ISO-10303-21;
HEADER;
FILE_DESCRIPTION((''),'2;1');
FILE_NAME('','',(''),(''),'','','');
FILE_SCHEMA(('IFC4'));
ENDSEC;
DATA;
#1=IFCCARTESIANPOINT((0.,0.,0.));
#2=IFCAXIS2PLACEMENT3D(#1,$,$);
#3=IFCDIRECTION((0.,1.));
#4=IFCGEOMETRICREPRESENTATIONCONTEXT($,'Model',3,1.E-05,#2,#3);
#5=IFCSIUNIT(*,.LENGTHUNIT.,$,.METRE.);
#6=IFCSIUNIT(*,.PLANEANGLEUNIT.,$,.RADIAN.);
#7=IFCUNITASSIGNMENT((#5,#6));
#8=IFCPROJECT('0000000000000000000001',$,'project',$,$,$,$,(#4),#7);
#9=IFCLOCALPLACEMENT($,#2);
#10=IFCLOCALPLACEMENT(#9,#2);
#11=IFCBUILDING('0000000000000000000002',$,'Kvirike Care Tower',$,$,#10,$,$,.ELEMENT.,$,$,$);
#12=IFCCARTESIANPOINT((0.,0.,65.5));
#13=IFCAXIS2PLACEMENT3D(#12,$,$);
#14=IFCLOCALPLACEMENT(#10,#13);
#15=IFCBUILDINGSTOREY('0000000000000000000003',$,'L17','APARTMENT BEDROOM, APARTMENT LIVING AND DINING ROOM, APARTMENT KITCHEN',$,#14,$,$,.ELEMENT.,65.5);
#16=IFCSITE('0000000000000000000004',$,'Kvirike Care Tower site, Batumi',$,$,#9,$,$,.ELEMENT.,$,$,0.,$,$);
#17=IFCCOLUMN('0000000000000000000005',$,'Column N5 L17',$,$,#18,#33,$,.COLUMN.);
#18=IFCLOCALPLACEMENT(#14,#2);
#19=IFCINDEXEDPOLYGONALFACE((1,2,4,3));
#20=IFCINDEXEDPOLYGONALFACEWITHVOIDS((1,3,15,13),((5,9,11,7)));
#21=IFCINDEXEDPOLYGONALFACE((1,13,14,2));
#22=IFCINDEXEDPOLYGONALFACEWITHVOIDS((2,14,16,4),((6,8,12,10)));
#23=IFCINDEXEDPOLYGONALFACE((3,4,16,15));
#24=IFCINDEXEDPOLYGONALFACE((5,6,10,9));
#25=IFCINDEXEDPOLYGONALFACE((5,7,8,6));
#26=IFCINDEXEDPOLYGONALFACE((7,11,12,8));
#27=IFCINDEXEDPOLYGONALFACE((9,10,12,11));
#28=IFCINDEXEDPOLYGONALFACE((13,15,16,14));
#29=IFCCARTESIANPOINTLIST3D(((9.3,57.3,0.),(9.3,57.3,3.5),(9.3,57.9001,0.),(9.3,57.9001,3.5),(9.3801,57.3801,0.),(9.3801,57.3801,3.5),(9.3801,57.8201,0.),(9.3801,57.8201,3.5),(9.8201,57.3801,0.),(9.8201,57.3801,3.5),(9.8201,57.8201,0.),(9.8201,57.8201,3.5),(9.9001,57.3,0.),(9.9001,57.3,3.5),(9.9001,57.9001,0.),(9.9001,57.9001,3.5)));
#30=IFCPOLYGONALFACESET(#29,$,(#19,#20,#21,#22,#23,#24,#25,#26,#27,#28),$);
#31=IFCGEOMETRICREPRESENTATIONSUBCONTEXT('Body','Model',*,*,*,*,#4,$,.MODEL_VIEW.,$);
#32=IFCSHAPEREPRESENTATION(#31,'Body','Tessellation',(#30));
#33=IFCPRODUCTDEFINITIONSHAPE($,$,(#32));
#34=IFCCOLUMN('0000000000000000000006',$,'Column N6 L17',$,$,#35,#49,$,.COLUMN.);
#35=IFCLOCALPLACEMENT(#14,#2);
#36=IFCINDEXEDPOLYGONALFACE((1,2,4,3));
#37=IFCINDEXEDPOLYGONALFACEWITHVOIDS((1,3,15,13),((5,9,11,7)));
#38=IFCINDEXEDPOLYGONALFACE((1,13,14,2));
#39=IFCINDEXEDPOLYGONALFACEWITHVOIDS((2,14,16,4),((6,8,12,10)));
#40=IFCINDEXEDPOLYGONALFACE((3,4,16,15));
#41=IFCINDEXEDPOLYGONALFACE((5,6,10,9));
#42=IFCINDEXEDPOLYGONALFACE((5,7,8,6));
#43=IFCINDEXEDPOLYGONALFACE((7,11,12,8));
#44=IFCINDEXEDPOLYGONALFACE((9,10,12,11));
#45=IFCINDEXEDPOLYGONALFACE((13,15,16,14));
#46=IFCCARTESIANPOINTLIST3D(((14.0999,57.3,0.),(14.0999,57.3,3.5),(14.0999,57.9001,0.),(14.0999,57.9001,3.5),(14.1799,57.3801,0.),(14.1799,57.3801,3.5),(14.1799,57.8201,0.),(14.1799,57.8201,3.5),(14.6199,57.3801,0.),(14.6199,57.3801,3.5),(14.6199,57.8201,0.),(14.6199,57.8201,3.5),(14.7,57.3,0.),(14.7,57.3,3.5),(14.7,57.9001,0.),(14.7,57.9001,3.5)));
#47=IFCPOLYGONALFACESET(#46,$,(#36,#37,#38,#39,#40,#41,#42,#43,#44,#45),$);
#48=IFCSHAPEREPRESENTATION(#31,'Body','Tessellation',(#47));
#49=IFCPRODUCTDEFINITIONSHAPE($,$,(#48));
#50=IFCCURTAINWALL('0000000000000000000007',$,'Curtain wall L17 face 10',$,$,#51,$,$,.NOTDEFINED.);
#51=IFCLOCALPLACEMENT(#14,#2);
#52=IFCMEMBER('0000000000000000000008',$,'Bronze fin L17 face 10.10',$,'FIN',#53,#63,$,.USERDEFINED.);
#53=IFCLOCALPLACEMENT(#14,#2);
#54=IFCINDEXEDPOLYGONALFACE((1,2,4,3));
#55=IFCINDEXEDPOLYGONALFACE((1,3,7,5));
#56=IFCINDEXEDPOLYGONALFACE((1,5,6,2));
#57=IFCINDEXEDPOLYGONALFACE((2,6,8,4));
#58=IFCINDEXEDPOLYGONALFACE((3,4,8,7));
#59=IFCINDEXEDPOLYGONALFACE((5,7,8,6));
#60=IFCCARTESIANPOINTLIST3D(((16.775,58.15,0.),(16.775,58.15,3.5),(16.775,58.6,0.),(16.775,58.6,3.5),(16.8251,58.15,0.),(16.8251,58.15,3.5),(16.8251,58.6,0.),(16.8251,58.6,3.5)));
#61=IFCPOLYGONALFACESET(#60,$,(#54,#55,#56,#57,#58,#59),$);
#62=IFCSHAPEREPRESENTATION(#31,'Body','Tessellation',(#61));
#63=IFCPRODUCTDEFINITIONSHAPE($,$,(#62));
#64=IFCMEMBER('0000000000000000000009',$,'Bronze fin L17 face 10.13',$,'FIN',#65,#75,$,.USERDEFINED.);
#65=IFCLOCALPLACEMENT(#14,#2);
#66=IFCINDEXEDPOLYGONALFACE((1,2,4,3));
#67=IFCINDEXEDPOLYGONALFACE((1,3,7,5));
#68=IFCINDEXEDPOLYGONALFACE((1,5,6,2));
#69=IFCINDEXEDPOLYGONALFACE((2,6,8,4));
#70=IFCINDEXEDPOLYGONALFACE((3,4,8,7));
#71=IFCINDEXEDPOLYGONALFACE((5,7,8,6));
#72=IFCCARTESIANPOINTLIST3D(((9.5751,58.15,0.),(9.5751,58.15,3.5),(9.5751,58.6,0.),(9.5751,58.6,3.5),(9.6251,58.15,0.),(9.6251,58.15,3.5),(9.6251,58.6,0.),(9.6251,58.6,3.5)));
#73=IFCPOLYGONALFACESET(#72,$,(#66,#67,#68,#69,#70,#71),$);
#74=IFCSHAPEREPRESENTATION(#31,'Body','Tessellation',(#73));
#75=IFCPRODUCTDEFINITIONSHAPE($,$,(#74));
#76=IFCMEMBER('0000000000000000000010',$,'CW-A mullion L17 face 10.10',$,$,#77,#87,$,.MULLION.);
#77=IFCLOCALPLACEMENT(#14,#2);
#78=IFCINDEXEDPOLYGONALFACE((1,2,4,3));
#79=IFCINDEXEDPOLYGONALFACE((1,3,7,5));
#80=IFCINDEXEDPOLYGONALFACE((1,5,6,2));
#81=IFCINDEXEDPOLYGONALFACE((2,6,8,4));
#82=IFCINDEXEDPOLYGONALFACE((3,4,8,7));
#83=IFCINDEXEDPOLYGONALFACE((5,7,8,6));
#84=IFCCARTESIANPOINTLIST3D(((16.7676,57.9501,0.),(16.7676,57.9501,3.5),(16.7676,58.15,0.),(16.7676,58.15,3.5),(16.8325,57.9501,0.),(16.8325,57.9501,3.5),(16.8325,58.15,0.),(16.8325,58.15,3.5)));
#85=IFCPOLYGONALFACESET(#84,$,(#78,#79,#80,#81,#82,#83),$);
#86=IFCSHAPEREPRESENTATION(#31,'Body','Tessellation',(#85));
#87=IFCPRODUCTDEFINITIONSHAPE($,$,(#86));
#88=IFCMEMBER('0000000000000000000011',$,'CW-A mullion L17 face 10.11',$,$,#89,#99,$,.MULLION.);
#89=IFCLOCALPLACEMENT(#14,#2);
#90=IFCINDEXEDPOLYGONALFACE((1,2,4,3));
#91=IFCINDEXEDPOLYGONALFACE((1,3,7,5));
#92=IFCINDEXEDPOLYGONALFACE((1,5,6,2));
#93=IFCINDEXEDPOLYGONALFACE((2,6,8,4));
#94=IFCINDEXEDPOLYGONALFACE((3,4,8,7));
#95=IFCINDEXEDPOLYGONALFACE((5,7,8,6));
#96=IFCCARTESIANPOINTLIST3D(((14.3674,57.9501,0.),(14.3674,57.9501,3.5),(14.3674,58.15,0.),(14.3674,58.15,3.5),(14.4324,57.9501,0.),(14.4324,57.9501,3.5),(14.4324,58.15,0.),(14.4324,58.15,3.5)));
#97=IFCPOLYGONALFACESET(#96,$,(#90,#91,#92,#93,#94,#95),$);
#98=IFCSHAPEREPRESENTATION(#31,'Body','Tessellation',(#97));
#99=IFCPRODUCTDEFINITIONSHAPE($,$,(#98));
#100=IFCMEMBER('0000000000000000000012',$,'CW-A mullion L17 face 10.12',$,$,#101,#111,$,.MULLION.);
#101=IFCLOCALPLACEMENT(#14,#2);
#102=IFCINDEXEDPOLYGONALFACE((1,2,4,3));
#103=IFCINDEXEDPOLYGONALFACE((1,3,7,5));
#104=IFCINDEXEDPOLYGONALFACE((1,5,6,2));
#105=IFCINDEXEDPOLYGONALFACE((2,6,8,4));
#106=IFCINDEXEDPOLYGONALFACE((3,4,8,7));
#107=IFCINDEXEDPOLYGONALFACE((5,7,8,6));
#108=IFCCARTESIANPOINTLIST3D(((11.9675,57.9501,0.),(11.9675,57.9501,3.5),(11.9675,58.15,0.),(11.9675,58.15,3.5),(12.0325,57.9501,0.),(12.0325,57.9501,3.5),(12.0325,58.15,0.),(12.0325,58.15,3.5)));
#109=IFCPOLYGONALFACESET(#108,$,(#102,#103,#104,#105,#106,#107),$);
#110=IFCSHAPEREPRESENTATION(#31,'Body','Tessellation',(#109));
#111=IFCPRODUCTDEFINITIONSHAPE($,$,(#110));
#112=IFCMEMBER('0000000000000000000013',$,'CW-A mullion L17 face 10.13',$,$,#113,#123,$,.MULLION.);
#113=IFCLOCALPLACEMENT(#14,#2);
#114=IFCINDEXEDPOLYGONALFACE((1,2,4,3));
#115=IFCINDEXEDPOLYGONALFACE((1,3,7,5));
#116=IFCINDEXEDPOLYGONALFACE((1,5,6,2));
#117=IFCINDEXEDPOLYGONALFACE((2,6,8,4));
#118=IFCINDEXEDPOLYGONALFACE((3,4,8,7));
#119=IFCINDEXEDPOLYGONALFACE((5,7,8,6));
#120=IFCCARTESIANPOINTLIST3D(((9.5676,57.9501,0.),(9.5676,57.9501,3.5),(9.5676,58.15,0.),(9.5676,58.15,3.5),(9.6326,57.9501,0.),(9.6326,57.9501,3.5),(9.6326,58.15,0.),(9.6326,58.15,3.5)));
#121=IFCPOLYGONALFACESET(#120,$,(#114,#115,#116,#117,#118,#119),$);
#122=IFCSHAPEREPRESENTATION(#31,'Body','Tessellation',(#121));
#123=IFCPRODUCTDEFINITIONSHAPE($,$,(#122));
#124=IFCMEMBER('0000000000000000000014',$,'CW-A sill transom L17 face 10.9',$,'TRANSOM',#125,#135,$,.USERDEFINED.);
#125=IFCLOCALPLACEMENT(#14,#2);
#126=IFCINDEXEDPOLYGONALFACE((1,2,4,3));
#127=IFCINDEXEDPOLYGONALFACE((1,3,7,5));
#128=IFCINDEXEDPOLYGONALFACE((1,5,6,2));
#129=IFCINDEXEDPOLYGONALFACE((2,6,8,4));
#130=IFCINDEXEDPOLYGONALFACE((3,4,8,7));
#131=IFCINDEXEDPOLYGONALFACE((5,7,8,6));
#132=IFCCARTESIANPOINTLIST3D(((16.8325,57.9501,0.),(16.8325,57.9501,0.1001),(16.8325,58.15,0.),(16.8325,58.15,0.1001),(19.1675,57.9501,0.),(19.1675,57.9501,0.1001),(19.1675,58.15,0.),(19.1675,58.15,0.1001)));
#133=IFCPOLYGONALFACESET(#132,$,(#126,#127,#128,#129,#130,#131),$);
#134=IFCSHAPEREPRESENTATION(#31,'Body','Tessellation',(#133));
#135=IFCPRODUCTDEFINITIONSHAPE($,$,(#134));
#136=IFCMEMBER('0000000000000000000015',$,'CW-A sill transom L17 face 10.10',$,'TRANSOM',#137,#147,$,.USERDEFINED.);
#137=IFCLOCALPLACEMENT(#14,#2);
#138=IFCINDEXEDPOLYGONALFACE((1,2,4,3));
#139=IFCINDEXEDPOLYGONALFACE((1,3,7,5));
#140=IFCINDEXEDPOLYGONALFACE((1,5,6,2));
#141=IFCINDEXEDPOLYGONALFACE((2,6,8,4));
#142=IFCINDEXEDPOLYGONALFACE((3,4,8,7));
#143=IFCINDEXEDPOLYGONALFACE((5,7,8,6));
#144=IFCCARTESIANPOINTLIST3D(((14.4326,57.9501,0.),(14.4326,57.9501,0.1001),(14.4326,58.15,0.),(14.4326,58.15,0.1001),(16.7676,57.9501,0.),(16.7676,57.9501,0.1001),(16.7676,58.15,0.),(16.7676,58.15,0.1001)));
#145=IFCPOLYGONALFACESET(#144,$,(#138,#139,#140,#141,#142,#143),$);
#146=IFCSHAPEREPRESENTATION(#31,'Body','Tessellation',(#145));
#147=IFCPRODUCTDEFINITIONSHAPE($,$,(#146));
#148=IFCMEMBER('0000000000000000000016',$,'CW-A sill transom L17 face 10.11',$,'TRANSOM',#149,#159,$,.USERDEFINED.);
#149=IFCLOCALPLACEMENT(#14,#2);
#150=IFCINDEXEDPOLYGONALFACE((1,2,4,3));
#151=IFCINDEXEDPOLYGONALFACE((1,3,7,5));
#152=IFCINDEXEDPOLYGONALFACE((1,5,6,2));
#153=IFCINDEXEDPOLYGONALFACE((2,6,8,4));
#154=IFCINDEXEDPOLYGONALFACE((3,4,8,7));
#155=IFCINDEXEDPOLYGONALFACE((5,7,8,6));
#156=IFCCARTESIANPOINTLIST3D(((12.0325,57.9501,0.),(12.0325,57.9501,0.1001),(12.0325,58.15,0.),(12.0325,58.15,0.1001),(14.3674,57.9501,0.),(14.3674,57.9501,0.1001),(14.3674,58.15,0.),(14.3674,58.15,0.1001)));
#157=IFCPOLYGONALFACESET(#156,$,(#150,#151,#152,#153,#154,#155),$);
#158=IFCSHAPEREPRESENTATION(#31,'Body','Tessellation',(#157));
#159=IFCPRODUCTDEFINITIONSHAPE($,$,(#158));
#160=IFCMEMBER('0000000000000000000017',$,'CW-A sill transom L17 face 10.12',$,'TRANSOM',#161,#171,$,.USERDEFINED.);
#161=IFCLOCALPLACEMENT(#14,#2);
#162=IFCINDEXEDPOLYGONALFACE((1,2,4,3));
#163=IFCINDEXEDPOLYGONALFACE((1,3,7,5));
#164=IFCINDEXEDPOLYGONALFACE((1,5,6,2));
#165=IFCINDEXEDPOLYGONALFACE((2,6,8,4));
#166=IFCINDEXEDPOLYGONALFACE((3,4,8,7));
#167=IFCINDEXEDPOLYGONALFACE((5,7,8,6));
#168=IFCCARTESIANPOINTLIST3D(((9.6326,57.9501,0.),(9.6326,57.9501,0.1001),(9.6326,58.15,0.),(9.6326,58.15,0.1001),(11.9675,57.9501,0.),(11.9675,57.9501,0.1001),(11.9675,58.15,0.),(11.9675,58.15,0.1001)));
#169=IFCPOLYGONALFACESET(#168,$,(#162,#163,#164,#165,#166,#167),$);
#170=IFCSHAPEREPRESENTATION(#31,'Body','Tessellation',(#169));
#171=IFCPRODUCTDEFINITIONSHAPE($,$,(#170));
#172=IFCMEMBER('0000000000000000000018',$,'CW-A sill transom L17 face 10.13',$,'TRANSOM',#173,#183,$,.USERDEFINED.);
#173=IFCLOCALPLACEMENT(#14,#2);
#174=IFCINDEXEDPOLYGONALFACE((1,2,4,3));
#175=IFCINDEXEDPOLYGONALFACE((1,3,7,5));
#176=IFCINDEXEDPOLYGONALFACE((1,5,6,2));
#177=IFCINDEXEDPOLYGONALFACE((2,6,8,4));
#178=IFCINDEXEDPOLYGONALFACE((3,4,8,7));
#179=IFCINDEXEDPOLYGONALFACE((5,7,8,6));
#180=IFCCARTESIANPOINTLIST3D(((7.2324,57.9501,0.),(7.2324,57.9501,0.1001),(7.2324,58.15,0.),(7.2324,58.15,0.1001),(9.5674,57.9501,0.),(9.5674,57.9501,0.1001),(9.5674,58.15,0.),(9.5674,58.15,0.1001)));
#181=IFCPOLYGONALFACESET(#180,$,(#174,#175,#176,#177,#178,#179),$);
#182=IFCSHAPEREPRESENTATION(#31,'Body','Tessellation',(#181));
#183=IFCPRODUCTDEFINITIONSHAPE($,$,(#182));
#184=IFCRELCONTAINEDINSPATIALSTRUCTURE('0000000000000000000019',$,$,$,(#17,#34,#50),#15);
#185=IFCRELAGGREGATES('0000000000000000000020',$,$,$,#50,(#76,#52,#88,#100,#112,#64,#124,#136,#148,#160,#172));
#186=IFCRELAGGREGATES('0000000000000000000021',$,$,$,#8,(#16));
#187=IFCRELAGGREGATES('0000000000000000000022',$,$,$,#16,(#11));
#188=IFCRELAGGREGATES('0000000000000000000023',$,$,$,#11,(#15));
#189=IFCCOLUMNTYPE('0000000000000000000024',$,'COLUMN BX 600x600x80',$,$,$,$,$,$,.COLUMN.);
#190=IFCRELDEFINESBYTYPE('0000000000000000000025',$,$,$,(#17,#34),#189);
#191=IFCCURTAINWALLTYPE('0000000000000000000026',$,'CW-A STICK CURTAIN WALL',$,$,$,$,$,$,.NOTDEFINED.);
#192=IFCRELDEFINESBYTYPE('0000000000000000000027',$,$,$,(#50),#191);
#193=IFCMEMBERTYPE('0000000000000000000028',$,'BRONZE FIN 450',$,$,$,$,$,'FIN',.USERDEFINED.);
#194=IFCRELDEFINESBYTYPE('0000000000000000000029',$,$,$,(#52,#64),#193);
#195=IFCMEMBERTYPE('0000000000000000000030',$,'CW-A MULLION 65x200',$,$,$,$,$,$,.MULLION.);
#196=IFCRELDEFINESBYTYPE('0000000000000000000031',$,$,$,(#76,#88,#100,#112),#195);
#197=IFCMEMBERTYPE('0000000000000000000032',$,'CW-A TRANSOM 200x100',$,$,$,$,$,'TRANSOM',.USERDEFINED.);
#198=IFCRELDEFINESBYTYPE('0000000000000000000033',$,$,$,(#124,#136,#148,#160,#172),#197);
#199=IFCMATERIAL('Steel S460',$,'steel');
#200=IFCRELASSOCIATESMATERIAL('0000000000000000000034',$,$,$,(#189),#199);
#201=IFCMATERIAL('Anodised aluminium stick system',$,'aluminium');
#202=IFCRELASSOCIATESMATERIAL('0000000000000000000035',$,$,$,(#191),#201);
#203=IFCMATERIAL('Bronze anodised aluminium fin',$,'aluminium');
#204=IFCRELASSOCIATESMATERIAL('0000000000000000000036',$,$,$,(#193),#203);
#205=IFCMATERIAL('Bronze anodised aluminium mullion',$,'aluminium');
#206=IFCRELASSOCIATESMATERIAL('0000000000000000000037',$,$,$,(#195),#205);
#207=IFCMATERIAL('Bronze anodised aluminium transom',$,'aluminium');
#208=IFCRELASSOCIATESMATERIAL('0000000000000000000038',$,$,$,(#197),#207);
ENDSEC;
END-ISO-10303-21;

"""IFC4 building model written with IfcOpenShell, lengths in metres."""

from ifc_helpers import new_model, si_unit, direction, frame, origin, origin_2d, place, context, subcontext, project, spatial, rectangle, hollow_rectangle, extrude, material, material_profile, profile_set, type_object, element, aggregate, save


model = new_model("IFC4")

# Units and contexts
model_context = context("Model", 3, precision=1e-05, world=origin(), true_north=direction((0.0, 1.0)))
body_context = subcontext(model_context, "Body", "Model", "MODEL_VIEW")
ifc_project = project(units=[si_unit("LENGTHUNIT", "METRE"), si_unit("PLANEANGLEUNIT", "RADIAN")], contexts=[model_context])

# Site, building, storey
site_placement = place(None, origin())
site = spatial("IfcSite", under=ifc_project, at=site_placement, Name="Kvirike Care Tower site, Batumi", CompositionType="ELEMENT", RefElevation=0.0)
building_placement = place(site_placement, origin())
building = spatial("IfcBuilding", under=site, at=building_placement, Name="Kvirike Care Tower", CompositionType="ELEMENT")
storey_placement = place(building_placement, frame((0.0, 0.0, 65.5)))
storey = spatial("IfcBuildingStorey", under=building, at=storey_placement, Name="L17", Description="APARTMENT BEDROOM, APARTMENT LIVING AND DINING ROOM, APARTMENT KITCHEN", CompositionType="ELEMENT", Elevation=65.5)

# Columns
ifc_material_1 = material(Name="Steel S460", Category="steel")
ifc_material_profile_1 = material_profile(ifc_material_1, hollow_rectangle(XDim=0.6001, YDim=0.6001, WallThickness=0.0801, at=origin_2d()), Name="BX 600x600x80")
ifc_profile_set_1 = profile_set([ifc_material_profile_1], Name="Steel S460")
column_type = type_object("IfcColumnType", Name="COLUMN BX 600x600x80", PredefinedType="COLUMN", material=ifc_profile_set_1)
for number, where, z_axis, x_axis, name in (
    (1, (9.6001, 57.6001, 0.0), (0.0, 0.0, 1.0), (0.0, 1.0, 0.0), "Column N5 L17"),
    (2, (14.3999, 57.6001, 0.0), (0.0, 0.0, 1.0), (0.0, 1.0, 0.0), "Column N6 L17"),
):
    element("IfcColumn", number, at=place(storey_placement, frame(where, z_axis=z_axis, x_axis=x_axis)), inside=storey, type_object=column_type, Name=name, PredefinedType="COLUMN", context=body_context, shape_type="SweptSolid", body=[
        extrude(hollow_rectangle(XDim=0.6001, YDim=0.6001, WallThickness=0.0801, at=origin_2d()), origin(), (0.0, 0.0, 1.0), 3.5),
    ])

# Curtain wall, members
ifc_material_2 = material(Name="Anodised aluminium stick system", Category="aluminium")
curtain_wall_type = type_object("IfcCurtainWallType", Name="CW-A STICK CURTAIN WALL", PredefinedType="NOTDEFINED", material=ifc_material_2)
curtain_wall_placement = place(storey_placement, origin())
curtain_wall = element("IfcCurtainWall", 3, at=curtain_wall_placement, inside=storey, type_object=curtain_wall_type, Name="Curtain wall L17 face 10", PredefinedType="NOTDEFINED")
ifc_material_3 = material(Name="Bronze anodised aluminium fin", Category="aluminium")
ifc_material_profile_2 = material_profile(ifc_material_3, rectangle(XDim=0.05, YDim=0.45, at=origin_2d()), Name="BRONZE FIN 450")
ifc_profile_set_2 = profile_set([ifc_material_profile_2], Name="Bronze anodised aluminium fin")
member_type_1 = type_object("IfcMemberType", Name="BRONZE FIN 450", ElementType="FIN", PredefinedType="USERDEFINED", material=ifc_profile_set_2)
member_1_placement = place(storey_placement, frame((16.8, 58.375, 0.0), z_axis=(0.0, 0.0, 1.0), x_axis=(-1.0, 0.0, 0.0)))
member_1 = element("IfcMember", 4, at=member_1_placement, type_object=member_type_1, Name="Bronze fin L17 face 10.10", ObjectType="FIN", PredefinedType="USERDEFINED", context=body_context, shape_type="SweptSolid", body=[
    extrude(rectangle(XDim=0.05, YDim=0.45, at=origin_2d()), origin(), (0.0, 0.0, 1.0), 3.5),
])
member_2_placement = place(storey_placement, frame((9.6001, 58.375, 0.0), z_axis=(0.0, 0.0, 1.0), x_axis=(-1.0, 0.0, 0.0)))
member_2 = element("IfcMember", 5, at=member_2_placement, type_object=member_type_1, Name="Bronze fin L17 face 10.13", ObjectType="FIN", PredefinedType="USERDEFINED", context=body_context, shape_type="SweptSolid", body=[
    extrude(rectangle(XDim=0.05, YDim=0.45, at=origin_2d()), origin(), (0.0, 0.0, 1.0), 3.5),
])
ifc_material_4 = material(Name="Bronze anodised aluminium mullion", Category="aluminium")
ifc_material_profile_3 = material_profile(ifc_material_4, rectangle(XDim=0.0649, YDim=0.2, at=origin_2d()), Name="CW-A MULLION 65x200")
ifc_profile_set_3 = profile_set([ifc_material_profile_3], Name="Bronze anodised aluminium mullion")
member_type_2 = type_object("IfcMemberType", Name="CW-A MULLION 65x200", PredefinedType="MULLION", material=ifc_profile_set_3)
member_3_placement = place(storey_placement, frame((16.8, 58.05, 0.0), z_axis=(0.0, 0.0, 1.0), x_axis=(-1.0, 0.0, 0.0)))
member_3 = element("IfcMember", 6, at=member_3_placement, type_object=member_type_2, Name="CW-A mullion L17 face 10.10", PredefinedType="MULLION", context=body_context, shape_type="SweptSolid", body=[
    extrude(rectangle(XDim=0.0649, YDim=0.2, at=origin_2d()), origin(), (0.0, 0.0, 1.0), 3.5),
])
member_4_placement = place(storey_placement, frame((14.3999, 58.05, 0.0), z_axis=(0.0, 0.0, 1.0), x_axis=(-1.0, 0.0, 0.0)))
member_4 = element("IfcMember", 7, at=member_4_placement, type_object=member_type_2, Name="CW-A mullion L17 face 10.11", PredefinedType="MULLION", context=body_context, shape_type="SweptSolid", body=[
    extrude(rectangle(XDim=0.0649, YDim=0.2, at=origin_2d()), origin(), (0.0, 0.0, 1.0), 3.5),
])
member_5_placement = place(storey_placement, frame((12.0, 58.05, 0.0), z_axis=(0.0, 0.0, 1.0), x_axis=(-1.0, 0.0, 0.0)))
member_5 = element("IfcMember", 8, at=member_5_placement, type_object=member_type_2, Name="CW-A mullion L17 face 10.12", PredefinedType="MULLION", context=body_context, shape_type="SweptSolid", body=[
    extrude(rectangle(XDim=0.0649, YDim=0.2, at=origin_2d()), origin(), (0.0, 0.0, 1.0), 3.5),
])
member_6_placement = place(storey_placement, frame((9.6001, 58.05, 0.0), z_axis=(0.0, 0.0, 1.0), x_axis=(-1.0, 0.0, 0.0)))
member_6 = element("IfcMember", 9, at=member_6_placement, type_object=member_type_2, Name="CW-A mullion L17 face 10.13", PredefinedType="MULLION", context=body_context, shape_type="SweptSolid", body=[
    extrude(rectangle(XDim=0.0649, YDim=0.2, at=origin_2d()), origin(), (0.0, 0.0, 1.0), 3.5),
])
ifc_material_5 = material(Name="Bronze anodised aluminium transom", Category="aluminium")
ifc_material_profile_4 = material_profile(ifc_material_5, rectangle(XDim=0.2, YDim=0.1001, at=origin_2d()), Name="CW-A TRANSOM 200x100")
ifc_profile_set_4 = profile_set([ifc_material_profile_4], Name="Bronze anodised aluminium transom")
member_type_3 = type_object("IfcMemberType", Name="CW-A TRANSOM 200x100", ElementType="TRANSOM", PredefinedType="USERDEFINED", material=ifc_profile_set_4)
member_7_placement = place(storey_placement, frame((19.1675, 58.05, 0.05), z_axis=(-1.0, 0.0, 0.0), x_axis=(0.0, -1.0, 0.0)))
member_7 = element("IfcMember", 10, at=member_7_placement, type_object=member_type_3, Name="CW-A sill transom L17 face 10.9", ObjectType="TRANSOM", PredefinedType="USERDEFINED", context=body_context, shape_type="SweptSolid", body=[
    extrude(rectangle(XDim=0.2, YDim=0.1001, at=origin_2d()), origin(), (0.0, 0.0, 1.0), 2.335),
])
member_8_placement = place(storey_placement, frame((16.7676, 58.05, 0.05), z_axis=(-1.0, 0.0, 0.0), x_axis=(0.0, -1.0, 0.0)))
member_8 = element("IfcMember", 11, at=member_8_placement, type_object=member_type_3, Name="CW-A sill transom L17 face 10.10", ObjectType="TRANSOM", PredefinedType="USERDEFINED", context=body_context, shape_type="SweptSolid", body=[
    extrude(rectangle(XDim=0.2, YDim=0.1001, at=origin_2d()), origin(), (0.0, 0.0, 1.0), 2.335),
])
member_9_placement = place(storey_placement, frame((14.3674, 58.05, 0.05), z_axis=(-1.0, 0.0, 0.0), x_axis=(0.0, -1.0, 0.0)))
member_9 = element("IfcMember", 12, at=member_9_placement, type_object=member_type_3, Name="CW-A sill transom L17 face 10.11", ObjectType="TRANSOM", PredefinedType="USERDEFINED", context=body_context, shape_type="SweptSolid", body=[
    extrude(rectangle(XDim=0.2, YDim=0.1001, at=origin_2d()), origin(), (0.0, 0.0, 1.0), 2.335),
])
member_10_placement = place(storey_placement, frame((11.9675, 58.05, 0.05), z_axis=(-1.0, 0.0, 0.0), x_axis=(0.0, -1.0, 0.0)))
member_10 = element("IfcMember", 13, at=member_10_placement, type_object=member_type_3, Name="CW-A sill transom L17 face 10.12", ObjectType="TRANSOM", PredefinedType="USERDEFINED", context=body_context, shape_type="SweptSolid", body=[
    extrude(rectangle(XDim=0.2, YDim=0.1001, at=origin_2d()), origin(), (0.0, 0.0, 1.0), 2.335),
])
member_11_placement = place(storey_placement, frame((9.5674, 58.05, 0.05), z_axis=(-1.0, 0.0, 0.0), x_axis=(0.0, -1.0, 0.0)))
member_11 = element("IfcMember", 14, at=member_11_placement, type_object=member_type_3, Name="CW-A sill transom L17 face 10.13", ObjectType="TRANSOM", PredefinedType="USERDEFINED", context=body_context, shape_type="SweptSolid", body=[
    extrude(rectangle(XDim=0.2, YDim=0.1001, at=origin_2d()), origin(), (0.0, 0.0, 1.0), 2.335),
])

aggregate(curtain_wall, [member_3, member_1, member_4, member_5, member_6, member_2, member_7, member_8, member_9, member_10, member_11])

save(model, "model.ifc")
